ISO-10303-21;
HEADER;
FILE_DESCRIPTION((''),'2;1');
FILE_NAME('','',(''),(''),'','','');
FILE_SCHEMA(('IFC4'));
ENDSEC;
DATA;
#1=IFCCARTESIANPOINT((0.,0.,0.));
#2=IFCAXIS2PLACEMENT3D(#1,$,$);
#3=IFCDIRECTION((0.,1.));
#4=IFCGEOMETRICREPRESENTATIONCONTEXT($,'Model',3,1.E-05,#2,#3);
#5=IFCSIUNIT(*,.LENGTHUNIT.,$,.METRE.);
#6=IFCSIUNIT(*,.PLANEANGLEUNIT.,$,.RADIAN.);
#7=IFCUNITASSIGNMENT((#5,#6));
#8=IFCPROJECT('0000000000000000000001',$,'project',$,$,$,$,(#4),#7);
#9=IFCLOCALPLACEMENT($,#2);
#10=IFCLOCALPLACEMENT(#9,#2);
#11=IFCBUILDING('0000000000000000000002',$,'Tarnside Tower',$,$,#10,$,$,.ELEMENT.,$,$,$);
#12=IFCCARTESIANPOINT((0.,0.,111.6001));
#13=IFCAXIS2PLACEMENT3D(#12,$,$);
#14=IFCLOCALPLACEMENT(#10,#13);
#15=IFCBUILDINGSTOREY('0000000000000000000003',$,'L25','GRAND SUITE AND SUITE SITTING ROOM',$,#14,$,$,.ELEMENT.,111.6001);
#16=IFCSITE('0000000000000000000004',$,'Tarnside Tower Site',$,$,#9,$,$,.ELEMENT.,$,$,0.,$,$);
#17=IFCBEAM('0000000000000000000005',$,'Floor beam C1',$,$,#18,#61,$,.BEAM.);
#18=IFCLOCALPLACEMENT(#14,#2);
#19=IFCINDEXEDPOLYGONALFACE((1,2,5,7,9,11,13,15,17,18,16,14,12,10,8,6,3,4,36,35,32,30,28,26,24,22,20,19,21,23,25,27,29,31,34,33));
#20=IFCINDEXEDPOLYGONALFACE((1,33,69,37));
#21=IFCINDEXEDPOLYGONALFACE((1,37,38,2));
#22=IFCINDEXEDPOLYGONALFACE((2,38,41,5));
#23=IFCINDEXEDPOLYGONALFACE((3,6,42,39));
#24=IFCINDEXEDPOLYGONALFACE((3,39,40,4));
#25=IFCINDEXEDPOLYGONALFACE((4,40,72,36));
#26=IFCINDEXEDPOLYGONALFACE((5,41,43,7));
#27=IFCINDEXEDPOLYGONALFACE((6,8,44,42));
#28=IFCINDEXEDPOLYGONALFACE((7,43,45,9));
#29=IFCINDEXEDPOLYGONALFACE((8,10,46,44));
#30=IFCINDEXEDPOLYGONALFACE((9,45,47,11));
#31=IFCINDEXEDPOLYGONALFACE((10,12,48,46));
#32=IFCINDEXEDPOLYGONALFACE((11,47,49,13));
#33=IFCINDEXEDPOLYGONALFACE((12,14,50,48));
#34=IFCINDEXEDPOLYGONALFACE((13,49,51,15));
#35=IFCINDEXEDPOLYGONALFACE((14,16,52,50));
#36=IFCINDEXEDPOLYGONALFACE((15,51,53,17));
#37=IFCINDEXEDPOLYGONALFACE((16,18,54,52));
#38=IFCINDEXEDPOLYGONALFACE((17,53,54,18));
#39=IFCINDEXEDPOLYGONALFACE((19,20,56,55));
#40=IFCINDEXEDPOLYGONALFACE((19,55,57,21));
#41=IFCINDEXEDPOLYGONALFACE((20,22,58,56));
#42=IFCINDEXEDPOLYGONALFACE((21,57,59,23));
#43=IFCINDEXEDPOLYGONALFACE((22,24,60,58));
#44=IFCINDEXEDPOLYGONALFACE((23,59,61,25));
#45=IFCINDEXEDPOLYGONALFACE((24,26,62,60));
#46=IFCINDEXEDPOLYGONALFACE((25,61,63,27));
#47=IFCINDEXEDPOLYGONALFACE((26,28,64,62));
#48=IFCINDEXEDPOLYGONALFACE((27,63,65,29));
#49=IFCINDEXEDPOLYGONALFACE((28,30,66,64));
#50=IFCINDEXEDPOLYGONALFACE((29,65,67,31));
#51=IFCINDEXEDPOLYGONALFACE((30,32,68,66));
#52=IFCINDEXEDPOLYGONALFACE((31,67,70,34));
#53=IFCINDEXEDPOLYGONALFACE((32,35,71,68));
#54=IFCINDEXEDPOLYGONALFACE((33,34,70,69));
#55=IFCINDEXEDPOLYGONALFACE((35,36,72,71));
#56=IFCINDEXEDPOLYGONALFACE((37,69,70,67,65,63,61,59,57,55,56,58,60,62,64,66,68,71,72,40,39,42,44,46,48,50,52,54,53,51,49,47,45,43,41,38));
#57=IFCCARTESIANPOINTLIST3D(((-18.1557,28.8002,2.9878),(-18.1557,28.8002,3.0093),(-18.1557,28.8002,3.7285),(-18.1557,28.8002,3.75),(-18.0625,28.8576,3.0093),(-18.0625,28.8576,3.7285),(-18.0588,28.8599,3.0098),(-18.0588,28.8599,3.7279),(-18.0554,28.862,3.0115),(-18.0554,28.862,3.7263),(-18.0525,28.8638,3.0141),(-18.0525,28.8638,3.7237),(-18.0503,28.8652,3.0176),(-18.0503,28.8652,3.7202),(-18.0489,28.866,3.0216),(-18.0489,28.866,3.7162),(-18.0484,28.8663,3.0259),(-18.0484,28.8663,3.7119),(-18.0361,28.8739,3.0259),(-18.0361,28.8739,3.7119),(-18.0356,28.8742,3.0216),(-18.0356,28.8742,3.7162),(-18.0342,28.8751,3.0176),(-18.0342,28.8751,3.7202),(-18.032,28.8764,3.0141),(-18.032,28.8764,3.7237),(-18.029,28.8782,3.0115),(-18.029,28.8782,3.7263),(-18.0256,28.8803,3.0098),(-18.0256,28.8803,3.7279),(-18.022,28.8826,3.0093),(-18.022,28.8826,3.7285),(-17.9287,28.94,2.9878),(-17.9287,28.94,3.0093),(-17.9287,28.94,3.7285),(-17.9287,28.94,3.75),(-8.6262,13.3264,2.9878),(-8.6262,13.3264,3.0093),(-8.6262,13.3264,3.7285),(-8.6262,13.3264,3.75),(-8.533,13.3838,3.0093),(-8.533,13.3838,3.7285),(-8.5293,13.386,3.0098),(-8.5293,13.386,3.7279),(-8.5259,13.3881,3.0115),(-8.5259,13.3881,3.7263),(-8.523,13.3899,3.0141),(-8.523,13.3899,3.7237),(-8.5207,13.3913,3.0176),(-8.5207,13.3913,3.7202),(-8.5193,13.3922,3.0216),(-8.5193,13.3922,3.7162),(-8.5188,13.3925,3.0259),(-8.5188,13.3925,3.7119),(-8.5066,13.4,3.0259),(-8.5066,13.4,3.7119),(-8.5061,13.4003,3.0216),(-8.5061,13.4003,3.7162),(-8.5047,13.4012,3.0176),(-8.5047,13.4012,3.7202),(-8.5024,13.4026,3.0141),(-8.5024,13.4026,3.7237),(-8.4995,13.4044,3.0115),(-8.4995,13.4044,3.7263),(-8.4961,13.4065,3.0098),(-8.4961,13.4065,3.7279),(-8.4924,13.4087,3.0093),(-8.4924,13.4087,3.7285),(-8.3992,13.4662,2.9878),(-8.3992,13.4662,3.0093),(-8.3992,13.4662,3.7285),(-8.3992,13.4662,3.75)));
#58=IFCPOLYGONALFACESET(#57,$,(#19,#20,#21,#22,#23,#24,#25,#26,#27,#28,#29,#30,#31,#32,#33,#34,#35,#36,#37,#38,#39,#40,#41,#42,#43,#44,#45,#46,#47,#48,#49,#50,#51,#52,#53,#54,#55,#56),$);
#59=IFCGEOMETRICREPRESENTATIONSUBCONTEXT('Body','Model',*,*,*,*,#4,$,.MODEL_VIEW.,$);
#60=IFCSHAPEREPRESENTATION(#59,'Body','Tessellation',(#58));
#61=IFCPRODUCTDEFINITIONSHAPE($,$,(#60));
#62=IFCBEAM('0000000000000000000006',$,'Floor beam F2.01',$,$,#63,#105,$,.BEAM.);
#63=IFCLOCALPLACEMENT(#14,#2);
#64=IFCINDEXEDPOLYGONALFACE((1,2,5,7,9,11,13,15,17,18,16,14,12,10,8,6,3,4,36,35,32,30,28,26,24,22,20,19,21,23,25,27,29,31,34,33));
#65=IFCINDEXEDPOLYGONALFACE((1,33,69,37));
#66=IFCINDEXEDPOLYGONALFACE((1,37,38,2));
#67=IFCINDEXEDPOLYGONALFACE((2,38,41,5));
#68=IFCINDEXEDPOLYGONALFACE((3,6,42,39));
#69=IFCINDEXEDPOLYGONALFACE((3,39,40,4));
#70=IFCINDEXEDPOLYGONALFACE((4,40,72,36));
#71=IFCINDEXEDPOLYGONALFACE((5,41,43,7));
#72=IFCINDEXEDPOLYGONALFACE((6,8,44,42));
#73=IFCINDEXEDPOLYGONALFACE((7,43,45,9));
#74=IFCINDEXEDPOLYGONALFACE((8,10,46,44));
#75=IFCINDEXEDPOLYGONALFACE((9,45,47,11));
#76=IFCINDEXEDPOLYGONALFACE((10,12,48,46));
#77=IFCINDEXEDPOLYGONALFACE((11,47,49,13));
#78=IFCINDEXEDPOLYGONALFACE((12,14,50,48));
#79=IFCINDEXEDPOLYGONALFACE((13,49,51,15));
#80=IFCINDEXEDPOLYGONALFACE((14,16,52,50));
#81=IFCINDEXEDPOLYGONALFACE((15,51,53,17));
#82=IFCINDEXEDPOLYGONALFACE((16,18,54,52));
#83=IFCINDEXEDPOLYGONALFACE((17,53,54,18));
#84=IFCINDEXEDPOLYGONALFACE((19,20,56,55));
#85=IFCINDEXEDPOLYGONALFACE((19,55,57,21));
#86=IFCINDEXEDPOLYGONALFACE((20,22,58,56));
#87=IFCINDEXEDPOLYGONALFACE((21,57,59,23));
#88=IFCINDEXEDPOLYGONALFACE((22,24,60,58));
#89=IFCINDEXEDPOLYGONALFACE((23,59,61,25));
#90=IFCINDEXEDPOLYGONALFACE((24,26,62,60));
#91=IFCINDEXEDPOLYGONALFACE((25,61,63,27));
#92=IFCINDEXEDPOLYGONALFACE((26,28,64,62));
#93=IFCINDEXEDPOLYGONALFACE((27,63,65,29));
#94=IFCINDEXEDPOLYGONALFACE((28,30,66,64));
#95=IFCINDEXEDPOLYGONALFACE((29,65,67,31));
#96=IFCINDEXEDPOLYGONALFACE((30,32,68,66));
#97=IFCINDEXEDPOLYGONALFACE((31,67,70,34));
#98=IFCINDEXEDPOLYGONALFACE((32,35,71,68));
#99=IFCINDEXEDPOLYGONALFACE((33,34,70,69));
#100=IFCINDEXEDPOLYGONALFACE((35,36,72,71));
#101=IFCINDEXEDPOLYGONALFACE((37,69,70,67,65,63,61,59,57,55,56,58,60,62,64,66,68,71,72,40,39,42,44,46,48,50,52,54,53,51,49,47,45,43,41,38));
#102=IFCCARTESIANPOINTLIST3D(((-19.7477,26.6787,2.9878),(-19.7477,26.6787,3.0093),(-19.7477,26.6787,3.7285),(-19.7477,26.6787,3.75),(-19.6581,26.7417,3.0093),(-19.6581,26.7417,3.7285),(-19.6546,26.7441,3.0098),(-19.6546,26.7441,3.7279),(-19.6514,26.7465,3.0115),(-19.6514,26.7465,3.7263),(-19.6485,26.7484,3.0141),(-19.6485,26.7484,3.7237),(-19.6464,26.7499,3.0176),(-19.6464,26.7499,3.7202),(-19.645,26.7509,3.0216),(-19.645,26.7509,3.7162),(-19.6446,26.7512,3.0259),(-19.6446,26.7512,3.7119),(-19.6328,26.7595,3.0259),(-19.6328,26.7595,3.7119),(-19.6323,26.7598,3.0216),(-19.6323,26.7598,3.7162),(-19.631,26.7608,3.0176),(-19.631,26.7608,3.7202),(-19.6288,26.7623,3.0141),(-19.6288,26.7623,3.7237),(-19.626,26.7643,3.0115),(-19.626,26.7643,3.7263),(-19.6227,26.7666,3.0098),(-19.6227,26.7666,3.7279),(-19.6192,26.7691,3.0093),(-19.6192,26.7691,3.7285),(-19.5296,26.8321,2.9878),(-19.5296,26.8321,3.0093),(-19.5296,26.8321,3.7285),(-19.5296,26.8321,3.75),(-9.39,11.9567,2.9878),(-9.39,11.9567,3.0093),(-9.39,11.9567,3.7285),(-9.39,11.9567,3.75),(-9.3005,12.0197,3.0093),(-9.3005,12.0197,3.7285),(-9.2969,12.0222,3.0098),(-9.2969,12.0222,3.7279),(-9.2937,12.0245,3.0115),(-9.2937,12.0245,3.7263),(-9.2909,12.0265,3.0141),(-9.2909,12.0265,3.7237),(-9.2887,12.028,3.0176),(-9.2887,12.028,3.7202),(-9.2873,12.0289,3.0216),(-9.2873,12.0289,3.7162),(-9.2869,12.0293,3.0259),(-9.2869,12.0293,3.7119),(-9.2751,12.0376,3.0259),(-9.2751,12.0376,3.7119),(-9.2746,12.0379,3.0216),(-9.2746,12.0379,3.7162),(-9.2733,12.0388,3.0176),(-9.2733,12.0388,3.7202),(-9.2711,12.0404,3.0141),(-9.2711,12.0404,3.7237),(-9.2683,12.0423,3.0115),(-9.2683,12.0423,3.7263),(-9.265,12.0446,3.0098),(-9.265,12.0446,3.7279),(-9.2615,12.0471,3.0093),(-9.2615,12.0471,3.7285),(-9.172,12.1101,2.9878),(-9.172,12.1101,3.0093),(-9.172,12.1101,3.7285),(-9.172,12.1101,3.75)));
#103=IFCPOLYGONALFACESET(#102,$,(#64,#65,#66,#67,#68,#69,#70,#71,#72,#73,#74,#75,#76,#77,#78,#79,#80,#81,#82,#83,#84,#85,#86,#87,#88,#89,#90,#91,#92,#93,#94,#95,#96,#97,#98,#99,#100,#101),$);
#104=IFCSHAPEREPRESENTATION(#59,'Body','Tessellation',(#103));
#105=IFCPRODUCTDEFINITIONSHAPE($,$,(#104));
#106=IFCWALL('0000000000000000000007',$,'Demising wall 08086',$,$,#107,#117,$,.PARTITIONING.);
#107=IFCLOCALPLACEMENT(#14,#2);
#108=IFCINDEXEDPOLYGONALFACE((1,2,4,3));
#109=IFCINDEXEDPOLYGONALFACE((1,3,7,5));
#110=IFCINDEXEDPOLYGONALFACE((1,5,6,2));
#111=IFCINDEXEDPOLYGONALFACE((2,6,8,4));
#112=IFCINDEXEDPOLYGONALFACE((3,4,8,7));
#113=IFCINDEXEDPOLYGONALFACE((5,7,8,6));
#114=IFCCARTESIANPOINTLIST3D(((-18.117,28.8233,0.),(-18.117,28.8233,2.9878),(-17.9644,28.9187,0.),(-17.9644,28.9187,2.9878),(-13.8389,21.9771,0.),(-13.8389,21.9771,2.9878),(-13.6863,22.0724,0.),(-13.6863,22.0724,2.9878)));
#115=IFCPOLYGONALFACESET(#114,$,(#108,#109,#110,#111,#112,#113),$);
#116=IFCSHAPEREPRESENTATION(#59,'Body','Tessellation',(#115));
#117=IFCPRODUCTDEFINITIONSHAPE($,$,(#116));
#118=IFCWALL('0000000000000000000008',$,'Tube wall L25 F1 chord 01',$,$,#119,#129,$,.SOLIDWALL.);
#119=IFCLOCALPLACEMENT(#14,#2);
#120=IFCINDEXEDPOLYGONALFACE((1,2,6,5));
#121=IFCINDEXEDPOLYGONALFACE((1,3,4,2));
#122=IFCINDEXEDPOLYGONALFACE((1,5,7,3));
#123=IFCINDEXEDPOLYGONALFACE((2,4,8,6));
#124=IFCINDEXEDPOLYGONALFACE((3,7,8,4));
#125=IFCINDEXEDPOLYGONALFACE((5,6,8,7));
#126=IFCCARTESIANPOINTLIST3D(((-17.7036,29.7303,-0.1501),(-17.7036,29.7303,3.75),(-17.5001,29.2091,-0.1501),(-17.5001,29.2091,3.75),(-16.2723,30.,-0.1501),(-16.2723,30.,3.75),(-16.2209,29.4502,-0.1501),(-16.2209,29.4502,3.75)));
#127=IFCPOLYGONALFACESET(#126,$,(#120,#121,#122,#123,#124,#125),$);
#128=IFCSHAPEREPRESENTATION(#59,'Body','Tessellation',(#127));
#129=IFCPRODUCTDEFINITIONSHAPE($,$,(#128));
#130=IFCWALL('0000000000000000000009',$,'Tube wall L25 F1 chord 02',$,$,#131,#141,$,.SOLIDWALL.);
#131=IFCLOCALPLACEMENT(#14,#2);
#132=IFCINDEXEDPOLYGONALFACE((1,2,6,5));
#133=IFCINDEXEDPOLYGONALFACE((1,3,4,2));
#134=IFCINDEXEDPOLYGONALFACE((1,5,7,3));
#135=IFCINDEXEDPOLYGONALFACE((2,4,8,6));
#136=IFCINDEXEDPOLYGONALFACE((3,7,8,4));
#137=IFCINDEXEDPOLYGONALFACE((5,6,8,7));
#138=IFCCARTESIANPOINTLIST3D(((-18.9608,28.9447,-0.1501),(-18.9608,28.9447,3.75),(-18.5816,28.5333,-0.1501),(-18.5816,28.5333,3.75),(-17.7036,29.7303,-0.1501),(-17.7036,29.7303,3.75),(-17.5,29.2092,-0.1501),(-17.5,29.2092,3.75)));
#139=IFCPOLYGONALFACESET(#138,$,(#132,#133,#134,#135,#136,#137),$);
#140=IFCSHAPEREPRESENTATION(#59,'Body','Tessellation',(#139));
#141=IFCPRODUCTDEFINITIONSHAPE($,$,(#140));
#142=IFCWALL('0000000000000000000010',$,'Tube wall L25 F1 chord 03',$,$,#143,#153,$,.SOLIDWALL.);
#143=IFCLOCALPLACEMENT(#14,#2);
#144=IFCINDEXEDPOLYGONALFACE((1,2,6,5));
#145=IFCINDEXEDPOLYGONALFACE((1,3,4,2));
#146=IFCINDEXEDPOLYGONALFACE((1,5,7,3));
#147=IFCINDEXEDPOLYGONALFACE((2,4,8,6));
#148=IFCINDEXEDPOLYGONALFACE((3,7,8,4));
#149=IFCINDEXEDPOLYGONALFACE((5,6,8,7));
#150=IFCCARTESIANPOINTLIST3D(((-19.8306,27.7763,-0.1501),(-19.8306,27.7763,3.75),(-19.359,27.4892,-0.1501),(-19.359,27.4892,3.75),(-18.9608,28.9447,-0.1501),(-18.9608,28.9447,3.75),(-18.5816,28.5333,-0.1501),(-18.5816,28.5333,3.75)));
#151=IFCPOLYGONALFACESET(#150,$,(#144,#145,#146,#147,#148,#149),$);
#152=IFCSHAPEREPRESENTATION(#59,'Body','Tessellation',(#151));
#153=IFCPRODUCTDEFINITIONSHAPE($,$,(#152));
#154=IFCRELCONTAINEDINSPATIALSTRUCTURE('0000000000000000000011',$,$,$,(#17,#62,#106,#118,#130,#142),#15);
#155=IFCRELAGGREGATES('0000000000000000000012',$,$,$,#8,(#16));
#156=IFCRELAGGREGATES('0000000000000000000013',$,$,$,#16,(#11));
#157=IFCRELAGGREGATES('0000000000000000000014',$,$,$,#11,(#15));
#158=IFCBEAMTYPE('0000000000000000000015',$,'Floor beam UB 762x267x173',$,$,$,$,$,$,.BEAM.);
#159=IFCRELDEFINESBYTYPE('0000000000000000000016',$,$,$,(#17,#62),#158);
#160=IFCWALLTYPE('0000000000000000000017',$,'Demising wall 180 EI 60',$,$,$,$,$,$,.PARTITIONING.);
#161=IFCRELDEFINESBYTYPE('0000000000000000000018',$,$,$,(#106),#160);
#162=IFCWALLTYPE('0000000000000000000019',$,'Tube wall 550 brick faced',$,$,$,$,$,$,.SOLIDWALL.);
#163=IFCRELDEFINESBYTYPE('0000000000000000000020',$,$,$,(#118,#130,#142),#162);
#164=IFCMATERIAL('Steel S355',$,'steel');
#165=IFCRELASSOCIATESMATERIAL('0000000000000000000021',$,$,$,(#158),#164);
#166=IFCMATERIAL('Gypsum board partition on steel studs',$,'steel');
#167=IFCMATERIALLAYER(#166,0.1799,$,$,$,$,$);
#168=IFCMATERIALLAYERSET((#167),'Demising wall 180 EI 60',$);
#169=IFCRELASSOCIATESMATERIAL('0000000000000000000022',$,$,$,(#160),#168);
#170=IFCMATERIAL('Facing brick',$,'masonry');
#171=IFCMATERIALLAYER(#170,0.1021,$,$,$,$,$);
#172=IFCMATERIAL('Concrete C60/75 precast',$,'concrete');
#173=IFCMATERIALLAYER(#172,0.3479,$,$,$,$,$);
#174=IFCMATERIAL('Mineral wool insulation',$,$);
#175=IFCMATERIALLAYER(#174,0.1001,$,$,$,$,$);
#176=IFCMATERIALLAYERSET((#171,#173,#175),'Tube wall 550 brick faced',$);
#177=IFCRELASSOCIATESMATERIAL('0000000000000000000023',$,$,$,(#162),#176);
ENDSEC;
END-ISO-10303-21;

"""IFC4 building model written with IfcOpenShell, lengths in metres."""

from ifc_helpers import new_model, si_unit, direction, frame, frame_2d, origin, origin_2d, place, context, subcontext, project, spatial, polyline, rectangle, i_section, outline, extrude, material, layer, layer_set, material_profile, profile_set, type_object, element, save


model = new_model("IFC4")

# Units and contexts
model_context = context("Model", 3, precision=1e-05, world=origin(), true_north=direction((0.0, 1.0)))
body_context = subcontext(model_context, "Body", "Model", "MODEL_VIEW")
ifc_project = project(units=[si_unit("LENGTHUNIT", "METRE"), si_unit("PLANEANGLEUNIT", "RADIAN")], contexts=[model_context])

# Site, building, storey
site_placement = place(None, origin())
site = spatial("IfcSite", under=ifc_project, at=site_placement, Name="Tarnside Tower Site", CompositionType="ELEMENT", RefElevation=0.0)
building_placement = place(site_placement, origin())
building = spatial("IfcBuilding", under=site, at=building_placement, Name="Tarnside Tower", CompositionType="ELEMENT")
storey_placement = place(building_placement, frame((0.0, 0.0, 111.6001)))
storey = spatial("IfcBuildingStorey", under=building, at=storey_placement, Name="L25", Description="GRAND SUITE AND SUITE SITTING ROOM", CompositionType="ELEMENT", Elevation=111.6001)

# Beams
ifc_material_1 = material(Name="Steel S355", Category="steel")
ifc_material_profile = material_profile(ifc_material_1, i_section(OverallWidth=0.2666, OverallDepth=0.7622, WebThickness=0.0144, FlangeThickness=0.0215, FilletRadius=0.0166, at=origin_2d()), Name="UB 762x267x173")
ifc_profile_set = profile_set([ifc_material_profile], Name="Steel S355")
beam_type = type_object("IfcBeamType", Name="Floor beam UB 762x267x173", PredefinedType="BEAM", material=ifc_profile_set)
beam_1_placement = place(storey_placement, frame((-18.0422, 28.8701, 3.3689), z_axis=(0.524383, -0.851483, 0.0), x_axis=(0.851483, 0.524383, 0.0)))
element("IfcBeam", 1, at=beam_1_placement, inside=storey, type_object=beam_type, Name="Floor beam C1", PredefinedType="BEAM", context=body_context, shape_type="SweptSolid", body=[
    extrude(i_section(OverallWidth=0.2666, OverallDepth=0.7622, WebThickness=0.0144, FlangeThickness=0.0215, FilletRadius=0.0166, at=origin_2d()), origin(), (0.0, 0.0, 1.0), 18.1729),
])
beam_2_placement = place(storey_placement, frame((-19.6387, 26.7554, 3.3689), z_axis=(0.575411, -0.817864, 0.0), x_axis=(0.817864, 0.575411, 0.0)))
element("IfcBeam", 2, at=beam_2_placement, inside=storey, type_object=beam_type, Name="Floor beam F2.01", PredefinedType="BEAM", context=body_context, shape_type="SweptSolid", body=[
    extrude(i_section(OverallWidth=0.2666, OverallDepth=0.7622, WebThickness=0.0144, FlangeThickness=0.0215, FilletRadius=0.0166, at=origin_2d()), origin(), (0.0, 0.0, 1.0), 18.0005),
])

# Walls
ifc_material_2 = material(Name="Gypsum board partition on steel studs", Category="steel")
ifc_layer_1 = layer(ifc_material_2, 0.1799)
ifc_layer_set_1 = layer_set([ifc_layer_1], Name="Demising wall 180 EI 60")
wall_type_1 = type_object("IfcWallType", Name="Demising wall 180 EI 60", PredefinedType="PARTITIONING", material=ifc_layer_set_1)
wall_1_placement = place(storey_placement, frame((-18.0408, 28.8711, 0.0), z_axis=(0.0, 0.0, 1.0), x_axis=(0.529928, -0.848042, 0.0)))
element("IfcWall", 3, at=wall_1_placement, inside=storey, type_object=wall_type_1, Name="Demising wall 08086", PredefinedType="PARTITIONING", context=body_context, shape_type="SweptSolid", body=[
    extrude(rectangle(XDim=8.073, YDim=0.1799, at=frame_2d((4.0366, 0.0))), origin(), (0.0, 0.0, 1.0), 2.9878),
])
ifc_material_3 = material(Name="Facing brick", Category="masonry")
ifc_layer_2 = layer(ifc_material_3, 0.1021)
ifc_material_4 = material(Name="Concrete C60/75 precast", Category="concrete")
ifc_layer_3 = layer(ifc_material_4, 0.3479)
ifc_material_5 = material(Name="Mineral wool insulation")
ifc_layer_4 = layer(ifc_material_5, 0.1001)
ifc_layer_set_2 = layer_set([ifc_layer_2, ifc_layer_3, ifc_layer_4], Name="Tube wall 550 brick faced")
wall_type_2 = type_object("IfcWallType", Name="Tube wall 550 brick faced", PredefinedType="SOLIDWALL", material=ifc_layer_set_2)
wall_2_placement = place(storey_placement, frame((-16.2466, 29.7251, -0.1501), z_axis=(0.0, 0.0, 1.0), x_axis=(-0.982705, -0.185176, 0.0)))
element("IfcWall", 4, at=wall_2_placement, inside=storey, type_object=wall_type_2, Name="Tube wall L25 F1 chord 01", PredefinedType="SOLIDWALL", context=body_context, shape_type="SweptSolid", body=[
    extrude(outline(polyline([(-0.0256, -0.2749), (1.4309, -0.2749), (1.3274, 0.2749), (0.0256, 0.2749), (-0.0256, -0.2749)])), origin(), (0.0, 0.0, 1.0), 3.9001),
])
wall_3_placement = place(storey_placement, frame((-17.6018, 29.4697, -0.1501), z_axis=(0.0, 0.0, 1.0), x_axis=(-0.848058, -0.529903, 0.0)))
element("IfcWall", 5, at=wall_3_placement, inside=storey, type_object=wall_type_2, Name="Tube wall L25 F1 chord 02", PredefinedType="SOLIDWALL", context=body_context, shape_type="SweptSolid", body=[
    extrude(outline(polyline([(-0.0518, -0.2749), (1.4307, -0.2749), (1.3271, 0.2749), (0.0518, 0.2749), (-0.0518, -0.2749)])), origin(), (0.0, 0.0, 1.0), 3.9001),
])
wall_4_placement = place(storey_placement, frame((-18.7712, 28.739, -0.1501), z_axis=(0.0, 0.0, 1.0), x_axis=(-0.597135, -0.802141, 0.0)))
element("IfcWall", 6, at=wall_4_placement, inside=storey, type_object=wall_type_2, Name="Tube wall L25 F1 chord 03", PredefinedType="SOLIDWALL", context=body_context, shape_type="SweptSolid", body=[
    extrude(outline(polyline([(-0.0518, -0.2749), (1.4048, -0.2749), (1.3535, 0.2749), (0.0518, 0.2749), (-0.0518, -0.2749)])), origin(), (0.0, 0.0, 1.0), 3.9001),
])

save(model, "model.ifc")
